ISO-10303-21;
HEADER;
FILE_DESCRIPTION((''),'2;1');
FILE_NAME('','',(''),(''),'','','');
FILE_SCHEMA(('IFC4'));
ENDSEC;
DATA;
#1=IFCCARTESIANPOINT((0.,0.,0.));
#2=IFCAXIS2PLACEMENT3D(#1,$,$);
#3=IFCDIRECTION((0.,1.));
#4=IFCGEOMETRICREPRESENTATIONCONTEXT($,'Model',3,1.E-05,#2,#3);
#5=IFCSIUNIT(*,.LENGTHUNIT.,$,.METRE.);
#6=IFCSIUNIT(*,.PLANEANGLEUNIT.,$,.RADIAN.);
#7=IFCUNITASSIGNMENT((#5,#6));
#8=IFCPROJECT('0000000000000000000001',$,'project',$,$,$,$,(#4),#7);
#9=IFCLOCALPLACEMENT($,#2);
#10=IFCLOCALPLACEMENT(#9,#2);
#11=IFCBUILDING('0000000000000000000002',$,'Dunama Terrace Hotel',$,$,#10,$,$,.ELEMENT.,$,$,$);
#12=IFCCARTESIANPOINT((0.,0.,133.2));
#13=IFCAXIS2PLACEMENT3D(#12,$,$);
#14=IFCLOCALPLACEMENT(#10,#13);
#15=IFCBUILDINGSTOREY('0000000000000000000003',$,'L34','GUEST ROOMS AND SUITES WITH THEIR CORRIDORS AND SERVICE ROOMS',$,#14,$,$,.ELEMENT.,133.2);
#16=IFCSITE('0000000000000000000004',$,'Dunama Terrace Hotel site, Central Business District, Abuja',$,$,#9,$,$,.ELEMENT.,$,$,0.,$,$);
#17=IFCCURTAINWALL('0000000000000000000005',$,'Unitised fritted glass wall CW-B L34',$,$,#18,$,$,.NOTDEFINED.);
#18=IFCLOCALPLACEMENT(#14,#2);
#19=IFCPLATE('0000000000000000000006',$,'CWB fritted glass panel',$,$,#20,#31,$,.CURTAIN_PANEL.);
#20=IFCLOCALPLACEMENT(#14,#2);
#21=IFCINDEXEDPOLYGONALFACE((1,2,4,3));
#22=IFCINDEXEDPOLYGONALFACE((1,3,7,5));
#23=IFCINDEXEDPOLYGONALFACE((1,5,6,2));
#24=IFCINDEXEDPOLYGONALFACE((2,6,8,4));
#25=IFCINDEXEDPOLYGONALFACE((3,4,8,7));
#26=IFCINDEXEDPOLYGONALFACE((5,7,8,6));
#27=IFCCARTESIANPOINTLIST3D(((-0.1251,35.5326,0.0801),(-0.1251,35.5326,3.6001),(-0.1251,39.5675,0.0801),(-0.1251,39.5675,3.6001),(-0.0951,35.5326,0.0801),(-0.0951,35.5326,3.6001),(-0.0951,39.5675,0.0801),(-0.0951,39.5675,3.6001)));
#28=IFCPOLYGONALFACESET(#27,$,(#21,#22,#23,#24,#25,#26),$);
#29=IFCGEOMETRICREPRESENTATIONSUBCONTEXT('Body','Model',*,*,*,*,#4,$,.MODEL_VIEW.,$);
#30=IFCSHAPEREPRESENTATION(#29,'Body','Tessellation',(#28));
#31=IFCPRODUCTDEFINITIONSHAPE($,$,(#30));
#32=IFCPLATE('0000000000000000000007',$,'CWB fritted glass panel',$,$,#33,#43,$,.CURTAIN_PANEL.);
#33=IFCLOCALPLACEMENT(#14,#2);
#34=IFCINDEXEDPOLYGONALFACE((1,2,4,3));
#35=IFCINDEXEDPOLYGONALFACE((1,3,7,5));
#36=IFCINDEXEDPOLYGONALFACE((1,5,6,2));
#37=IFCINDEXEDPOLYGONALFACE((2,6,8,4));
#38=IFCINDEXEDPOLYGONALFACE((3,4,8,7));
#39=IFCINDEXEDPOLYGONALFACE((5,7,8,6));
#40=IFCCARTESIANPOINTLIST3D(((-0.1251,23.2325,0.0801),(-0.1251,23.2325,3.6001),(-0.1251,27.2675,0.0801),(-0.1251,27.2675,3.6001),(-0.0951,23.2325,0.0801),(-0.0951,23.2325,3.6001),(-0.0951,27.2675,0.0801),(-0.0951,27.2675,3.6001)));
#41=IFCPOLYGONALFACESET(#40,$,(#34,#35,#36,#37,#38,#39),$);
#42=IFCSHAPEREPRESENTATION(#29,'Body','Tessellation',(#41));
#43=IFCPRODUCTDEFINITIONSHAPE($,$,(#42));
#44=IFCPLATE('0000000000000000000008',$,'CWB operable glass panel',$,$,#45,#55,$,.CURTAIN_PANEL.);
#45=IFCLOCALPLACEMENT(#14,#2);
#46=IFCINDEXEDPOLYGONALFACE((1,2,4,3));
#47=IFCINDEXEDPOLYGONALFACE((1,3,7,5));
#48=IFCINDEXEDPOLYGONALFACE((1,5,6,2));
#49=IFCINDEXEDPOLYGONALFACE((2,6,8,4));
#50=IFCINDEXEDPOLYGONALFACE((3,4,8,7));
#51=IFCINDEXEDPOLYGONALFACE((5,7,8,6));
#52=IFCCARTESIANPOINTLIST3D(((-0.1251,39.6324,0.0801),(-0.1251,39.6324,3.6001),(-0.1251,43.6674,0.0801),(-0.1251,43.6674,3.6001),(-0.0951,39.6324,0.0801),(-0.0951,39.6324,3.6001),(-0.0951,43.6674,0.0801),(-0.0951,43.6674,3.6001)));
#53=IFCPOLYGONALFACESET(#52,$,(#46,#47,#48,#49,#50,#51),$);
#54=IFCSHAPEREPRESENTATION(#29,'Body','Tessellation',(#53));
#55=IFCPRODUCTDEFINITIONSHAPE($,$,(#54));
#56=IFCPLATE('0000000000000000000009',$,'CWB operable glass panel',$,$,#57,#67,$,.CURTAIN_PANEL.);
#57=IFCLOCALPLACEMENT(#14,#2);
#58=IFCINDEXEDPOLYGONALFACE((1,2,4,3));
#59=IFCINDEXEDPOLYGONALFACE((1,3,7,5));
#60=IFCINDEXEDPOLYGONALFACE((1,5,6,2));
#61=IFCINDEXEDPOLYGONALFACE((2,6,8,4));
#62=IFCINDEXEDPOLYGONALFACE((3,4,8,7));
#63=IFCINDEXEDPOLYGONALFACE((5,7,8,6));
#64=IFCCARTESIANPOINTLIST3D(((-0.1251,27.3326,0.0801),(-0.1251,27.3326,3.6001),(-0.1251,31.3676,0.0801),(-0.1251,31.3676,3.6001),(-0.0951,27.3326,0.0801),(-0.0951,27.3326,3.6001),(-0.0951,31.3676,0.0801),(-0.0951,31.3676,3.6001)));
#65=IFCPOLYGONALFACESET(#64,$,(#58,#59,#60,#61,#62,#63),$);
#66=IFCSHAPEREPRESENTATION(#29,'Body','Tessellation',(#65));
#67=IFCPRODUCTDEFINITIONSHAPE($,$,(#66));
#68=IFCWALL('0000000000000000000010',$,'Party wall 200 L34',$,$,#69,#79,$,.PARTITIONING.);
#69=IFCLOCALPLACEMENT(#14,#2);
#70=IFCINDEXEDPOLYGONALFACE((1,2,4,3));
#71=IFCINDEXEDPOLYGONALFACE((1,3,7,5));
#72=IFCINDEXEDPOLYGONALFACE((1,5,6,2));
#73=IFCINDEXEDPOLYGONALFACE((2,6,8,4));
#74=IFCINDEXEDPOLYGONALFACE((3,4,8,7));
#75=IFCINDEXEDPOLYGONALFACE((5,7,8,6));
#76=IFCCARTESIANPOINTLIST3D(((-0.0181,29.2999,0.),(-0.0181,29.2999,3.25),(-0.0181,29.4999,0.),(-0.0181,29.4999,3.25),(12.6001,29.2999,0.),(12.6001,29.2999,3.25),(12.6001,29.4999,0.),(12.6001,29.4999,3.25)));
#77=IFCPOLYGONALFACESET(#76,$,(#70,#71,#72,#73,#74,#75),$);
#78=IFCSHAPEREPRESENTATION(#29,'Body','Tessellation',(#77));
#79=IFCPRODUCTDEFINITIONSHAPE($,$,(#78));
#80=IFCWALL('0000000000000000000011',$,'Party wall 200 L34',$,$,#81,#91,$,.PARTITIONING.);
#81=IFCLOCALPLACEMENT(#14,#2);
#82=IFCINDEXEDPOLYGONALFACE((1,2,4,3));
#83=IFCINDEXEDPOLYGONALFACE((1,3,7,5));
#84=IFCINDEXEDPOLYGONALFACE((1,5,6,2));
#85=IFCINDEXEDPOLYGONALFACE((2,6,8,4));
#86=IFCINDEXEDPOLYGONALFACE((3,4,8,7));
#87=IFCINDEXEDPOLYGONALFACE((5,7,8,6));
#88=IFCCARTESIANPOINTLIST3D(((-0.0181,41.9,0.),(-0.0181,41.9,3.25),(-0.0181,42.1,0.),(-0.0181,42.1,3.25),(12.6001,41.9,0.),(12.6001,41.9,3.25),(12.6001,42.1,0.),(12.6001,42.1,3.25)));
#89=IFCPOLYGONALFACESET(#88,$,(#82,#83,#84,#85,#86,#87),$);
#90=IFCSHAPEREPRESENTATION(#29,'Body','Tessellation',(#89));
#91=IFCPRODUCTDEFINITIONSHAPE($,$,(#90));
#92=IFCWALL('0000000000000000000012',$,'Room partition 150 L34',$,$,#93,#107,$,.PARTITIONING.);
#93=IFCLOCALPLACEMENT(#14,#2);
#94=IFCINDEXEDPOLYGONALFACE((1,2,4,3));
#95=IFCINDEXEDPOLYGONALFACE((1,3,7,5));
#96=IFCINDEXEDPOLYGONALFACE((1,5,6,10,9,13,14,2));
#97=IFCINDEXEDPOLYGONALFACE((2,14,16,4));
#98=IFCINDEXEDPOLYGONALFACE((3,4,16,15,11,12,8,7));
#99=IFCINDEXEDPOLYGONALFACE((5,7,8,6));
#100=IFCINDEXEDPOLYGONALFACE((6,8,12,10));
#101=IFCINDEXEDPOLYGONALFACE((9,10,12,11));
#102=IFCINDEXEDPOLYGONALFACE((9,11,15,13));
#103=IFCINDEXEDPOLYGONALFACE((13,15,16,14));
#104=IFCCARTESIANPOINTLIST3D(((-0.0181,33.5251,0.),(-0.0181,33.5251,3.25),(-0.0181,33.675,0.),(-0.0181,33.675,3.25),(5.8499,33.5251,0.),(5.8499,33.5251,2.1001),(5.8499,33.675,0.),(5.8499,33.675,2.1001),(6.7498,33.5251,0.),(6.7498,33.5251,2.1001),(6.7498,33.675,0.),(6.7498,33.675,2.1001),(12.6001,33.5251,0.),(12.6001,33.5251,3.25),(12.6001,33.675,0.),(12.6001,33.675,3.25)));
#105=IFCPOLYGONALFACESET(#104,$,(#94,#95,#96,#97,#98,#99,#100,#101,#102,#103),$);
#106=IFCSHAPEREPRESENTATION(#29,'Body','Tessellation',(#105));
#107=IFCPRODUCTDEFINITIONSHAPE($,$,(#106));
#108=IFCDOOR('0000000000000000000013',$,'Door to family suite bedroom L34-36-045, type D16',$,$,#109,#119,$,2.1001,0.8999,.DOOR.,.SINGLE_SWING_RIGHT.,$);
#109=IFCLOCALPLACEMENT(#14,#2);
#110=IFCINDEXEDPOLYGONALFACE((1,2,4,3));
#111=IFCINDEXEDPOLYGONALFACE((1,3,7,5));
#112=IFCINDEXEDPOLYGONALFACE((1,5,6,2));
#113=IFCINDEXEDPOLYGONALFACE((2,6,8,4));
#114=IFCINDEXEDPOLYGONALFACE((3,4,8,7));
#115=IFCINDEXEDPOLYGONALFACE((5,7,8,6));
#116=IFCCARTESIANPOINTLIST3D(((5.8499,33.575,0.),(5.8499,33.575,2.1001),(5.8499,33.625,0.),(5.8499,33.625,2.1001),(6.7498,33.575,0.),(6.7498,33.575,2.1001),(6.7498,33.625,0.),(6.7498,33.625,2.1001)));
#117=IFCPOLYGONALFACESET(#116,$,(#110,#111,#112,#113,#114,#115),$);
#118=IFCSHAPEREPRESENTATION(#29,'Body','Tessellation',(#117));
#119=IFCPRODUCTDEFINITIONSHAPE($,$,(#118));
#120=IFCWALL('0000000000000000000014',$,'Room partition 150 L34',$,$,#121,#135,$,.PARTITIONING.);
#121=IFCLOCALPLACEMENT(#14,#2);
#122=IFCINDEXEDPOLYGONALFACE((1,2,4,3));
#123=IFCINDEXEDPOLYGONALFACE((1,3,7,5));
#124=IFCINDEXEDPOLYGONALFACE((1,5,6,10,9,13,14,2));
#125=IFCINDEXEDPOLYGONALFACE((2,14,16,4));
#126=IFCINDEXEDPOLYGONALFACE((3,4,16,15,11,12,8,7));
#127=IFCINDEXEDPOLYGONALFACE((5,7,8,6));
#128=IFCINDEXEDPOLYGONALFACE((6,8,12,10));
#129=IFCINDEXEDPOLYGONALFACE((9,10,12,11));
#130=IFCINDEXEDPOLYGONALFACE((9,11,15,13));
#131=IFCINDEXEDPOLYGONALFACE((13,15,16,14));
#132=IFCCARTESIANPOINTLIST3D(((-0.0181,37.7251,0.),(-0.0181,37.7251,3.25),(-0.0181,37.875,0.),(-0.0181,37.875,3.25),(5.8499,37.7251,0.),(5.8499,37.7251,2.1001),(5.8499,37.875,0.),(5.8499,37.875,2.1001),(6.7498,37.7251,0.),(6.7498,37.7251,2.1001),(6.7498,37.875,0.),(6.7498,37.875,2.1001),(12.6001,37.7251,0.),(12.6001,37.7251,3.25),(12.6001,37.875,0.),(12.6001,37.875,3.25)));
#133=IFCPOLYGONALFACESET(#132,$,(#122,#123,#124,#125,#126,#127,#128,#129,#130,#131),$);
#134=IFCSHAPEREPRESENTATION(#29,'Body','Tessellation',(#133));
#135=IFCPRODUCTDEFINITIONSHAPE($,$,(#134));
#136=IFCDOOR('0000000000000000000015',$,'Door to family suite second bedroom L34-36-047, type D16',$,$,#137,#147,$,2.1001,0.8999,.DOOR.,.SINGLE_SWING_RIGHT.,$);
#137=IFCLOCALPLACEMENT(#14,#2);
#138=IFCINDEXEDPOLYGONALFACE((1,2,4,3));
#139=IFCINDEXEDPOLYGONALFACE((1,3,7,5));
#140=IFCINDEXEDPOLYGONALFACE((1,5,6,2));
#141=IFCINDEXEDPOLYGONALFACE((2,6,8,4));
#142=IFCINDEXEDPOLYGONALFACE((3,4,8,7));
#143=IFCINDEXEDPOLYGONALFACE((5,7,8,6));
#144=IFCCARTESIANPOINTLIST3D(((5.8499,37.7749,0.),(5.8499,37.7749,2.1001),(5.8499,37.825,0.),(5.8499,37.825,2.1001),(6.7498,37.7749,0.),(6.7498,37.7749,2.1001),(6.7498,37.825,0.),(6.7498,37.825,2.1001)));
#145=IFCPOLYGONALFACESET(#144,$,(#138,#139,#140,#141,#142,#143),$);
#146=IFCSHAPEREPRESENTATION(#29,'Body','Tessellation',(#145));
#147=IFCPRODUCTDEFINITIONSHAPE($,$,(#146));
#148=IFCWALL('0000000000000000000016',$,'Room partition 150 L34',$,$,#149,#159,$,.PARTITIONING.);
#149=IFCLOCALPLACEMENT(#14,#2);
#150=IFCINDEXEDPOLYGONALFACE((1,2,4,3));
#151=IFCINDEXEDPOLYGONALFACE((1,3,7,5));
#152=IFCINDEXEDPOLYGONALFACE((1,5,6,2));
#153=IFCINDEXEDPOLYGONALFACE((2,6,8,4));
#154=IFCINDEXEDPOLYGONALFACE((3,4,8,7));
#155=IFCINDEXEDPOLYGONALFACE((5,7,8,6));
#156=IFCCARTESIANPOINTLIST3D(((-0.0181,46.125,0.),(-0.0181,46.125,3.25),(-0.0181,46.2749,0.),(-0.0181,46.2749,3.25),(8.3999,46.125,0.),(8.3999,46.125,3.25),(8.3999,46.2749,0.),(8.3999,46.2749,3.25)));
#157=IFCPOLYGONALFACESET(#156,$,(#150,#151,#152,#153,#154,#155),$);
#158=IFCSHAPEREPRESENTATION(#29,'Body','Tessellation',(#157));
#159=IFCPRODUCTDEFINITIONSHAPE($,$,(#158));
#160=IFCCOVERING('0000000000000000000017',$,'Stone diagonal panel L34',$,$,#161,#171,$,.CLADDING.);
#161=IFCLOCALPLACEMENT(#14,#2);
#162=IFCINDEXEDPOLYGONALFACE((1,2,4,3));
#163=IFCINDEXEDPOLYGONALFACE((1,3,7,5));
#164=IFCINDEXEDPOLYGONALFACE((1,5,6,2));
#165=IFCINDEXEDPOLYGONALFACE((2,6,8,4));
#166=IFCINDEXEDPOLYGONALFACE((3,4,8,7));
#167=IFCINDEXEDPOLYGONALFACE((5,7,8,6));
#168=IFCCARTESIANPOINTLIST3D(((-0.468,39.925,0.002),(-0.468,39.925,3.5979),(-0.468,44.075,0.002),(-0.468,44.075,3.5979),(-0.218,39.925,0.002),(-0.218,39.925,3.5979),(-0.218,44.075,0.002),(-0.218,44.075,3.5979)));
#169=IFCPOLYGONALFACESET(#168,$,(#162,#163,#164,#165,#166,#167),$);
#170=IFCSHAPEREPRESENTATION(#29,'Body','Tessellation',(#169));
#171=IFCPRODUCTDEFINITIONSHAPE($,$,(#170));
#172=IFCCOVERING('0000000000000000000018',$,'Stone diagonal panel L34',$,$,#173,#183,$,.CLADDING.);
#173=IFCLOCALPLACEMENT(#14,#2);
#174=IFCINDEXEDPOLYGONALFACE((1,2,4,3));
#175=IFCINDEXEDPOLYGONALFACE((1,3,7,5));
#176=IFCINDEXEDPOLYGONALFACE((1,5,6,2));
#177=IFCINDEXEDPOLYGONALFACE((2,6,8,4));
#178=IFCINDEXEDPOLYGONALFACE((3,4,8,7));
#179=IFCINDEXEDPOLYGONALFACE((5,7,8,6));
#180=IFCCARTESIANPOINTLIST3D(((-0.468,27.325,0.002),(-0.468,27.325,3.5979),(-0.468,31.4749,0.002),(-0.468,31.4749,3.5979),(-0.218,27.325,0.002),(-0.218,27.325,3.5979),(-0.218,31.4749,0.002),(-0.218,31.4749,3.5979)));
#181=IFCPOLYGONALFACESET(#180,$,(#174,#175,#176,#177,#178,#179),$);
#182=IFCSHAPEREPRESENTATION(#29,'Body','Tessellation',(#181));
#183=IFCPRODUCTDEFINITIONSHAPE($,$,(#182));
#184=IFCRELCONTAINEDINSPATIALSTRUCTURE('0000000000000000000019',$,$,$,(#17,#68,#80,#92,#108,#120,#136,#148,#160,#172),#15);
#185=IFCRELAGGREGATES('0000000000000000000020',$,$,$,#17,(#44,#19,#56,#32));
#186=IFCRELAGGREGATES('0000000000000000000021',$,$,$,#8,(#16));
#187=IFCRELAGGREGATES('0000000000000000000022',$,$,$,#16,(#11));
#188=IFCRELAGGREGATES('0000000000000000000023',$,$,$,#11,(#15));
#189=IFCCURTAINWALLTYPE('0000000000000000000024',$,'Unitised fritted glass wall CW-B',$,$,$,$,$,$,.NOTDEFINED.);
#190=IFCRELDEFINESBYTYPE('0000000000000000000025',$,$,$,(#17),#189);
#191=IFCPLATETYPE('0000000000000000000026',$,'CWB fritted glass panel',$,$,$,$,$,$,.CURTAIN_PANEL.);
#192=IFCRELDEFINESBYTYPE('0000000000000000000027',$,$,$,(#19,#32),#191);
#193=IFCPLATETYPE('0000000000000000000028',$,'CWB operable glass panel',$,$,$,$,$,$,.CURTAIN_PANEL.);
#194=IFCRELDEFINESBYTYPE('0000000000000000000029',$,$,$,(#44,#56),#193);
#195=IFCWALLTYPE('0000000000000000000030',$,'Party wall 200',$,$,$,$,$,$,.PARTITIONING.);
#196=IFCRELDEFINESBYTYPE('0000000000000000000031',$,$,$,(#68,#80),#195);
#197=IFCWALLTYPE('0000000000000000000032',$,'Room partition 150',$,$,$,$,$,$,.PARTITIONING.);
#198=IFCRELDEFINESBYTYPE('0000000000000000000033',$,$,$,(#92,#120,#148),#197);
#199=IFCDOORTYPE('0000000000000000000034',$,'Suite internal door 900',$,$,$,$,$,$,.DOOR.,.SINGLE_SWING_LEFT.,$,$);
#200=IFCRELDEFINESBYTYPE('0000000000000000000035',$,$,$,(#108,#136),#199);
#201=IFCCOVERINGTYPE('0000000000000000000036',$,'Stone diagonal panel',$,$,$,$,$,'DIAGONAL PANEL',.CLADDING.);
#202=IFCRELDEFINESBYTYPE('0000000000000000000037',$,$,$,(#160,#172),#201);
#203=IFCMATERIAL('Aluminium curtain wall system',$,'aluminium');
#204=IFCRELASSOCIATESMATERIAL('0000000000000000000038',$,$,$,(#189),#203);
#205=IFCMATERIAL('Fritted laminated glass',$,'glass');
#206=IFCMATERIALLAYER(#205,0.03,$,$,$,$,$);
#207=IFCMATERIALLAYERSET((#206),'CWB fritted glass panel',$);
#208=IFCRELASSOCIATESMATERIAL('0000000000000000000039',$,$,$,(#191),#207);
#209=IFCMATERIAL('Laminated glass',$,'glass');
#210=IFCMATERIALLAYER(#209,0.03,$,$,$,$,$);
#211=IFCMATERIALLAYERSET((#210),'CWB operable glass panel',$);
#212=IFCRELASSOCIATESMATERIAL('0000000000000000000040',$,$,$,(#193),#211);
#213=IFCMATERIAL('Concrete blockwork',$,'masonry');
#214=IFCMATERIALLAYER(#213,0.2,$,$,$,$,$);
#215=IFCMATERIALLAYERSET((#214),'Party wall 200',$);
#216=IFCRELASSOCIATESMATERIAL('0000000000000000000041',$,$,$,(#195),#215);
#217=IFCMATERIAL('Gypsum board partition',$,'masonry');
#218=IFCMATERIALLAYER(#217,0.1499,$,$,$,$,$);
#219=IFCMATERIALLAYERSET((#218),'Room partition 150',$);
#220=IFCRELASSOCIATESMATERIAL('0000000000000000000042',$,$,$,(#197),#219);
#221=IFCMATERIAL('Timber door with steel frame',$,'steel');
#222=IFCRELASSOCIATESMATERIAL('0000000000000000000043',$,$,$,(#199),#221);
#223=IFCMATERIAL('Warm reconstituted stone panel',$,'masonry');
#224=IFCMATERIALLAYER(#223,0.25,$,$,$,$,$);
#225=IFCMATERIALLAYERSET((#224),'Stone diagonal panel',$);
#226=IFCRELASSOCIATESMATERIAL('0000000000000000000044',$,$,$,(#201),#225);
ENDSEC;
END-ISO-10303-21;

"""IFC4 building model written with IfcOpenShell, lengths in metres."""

from ifc_helpers import new_model, si_unit, direction, frame, frame_2d, origin, origin_2d, place, context, subcontext, project, spatial, rectangle, extrude, material, layer, layer_set, type_object, element, fill, aggregate, save


model = new_model("IFC4")

# Units and contexts
model_context = context("Model", 3, precision=1e-05, world=origin(), true_north=direction((0.0, 1.0)))
body_context = subcontext(model_context, "Body", "Model", "MODEL_VIEW")
ifc_project = project(units=[si_unit("LENGTHUNIT", "METRE"), si_unit("PLANEANGLEUNIT", "RADIAN")], contexts=[model_context])

# Site, building, storey
site_placement = place(None, origin())
site = spatial("IfcSite", under=ifc_project, at=site_placement, Name="Dunama Terrace Hotel site, Central Business District, Abuja", CompositionType="ELEMENT", RefElevation=0.0)
building_placement = place(site_placement, origin())
building = spatial("IfcBuilding", under=site, at=building_placement, Name="Dunama Terrace Hotel", CompositionType="ELEMENT")
storey_placement = place(building_placement, frame((0.0, 0.0, 133.2)))
storey = spatial("IfcBuildingStorey", under=building, at=storey_placement, Name="L34", Description="GUEST ROOMS AND SUITES WITH THEIR CORRIDORS AND SERVICE ROOMS", CompositionType="ELEMENT", Elevation=133.2)

# Curtain wall
ifc_material_1 = material(Name="Aluminium curtain wall system", Category="aluminium")
curtain_wall_type = type_object("IfcCurtainWallType", Name="Unitised fritted glass wall CW-B", PredefinedType="NOTDEFINED", material=ifc_material_1)
curtain_wall_placement = place(storey_placement, origin())
curtain_wall = element("IfcCurtainWall", 1, at=curtain_wall_placement, inside=storey, type_object=curtain_wall_type, Name="Unitised fritted glass wall CW-B L34", PredefinedType="NOTDEFINED")

# Plates
ifc_material_2 = material(Name="Fritted laminated glass", Category="glass")
ifc_layer_1 = layer(ifc_material_2, 0.03)
ifc_layer_set_1 = layer_set([ifc_layer_1], Name="CWB fritted glass panel")
plate_type_1 = type_object("IfcPlateType", Name="CWB fritted glass panel", PredefinedType="CURTAIN_PANEL", material=ifc_layer_set_1)
plate_1_placement = place(storey_placement, frame((-0.1101, 37.55, 0.0801), z_axis=(0.0, 0.0, 1.0), x_axis=(0.0, -1.0, 0.0)))
plate_1 = element("IfcPlate", 2, at=plate_1_placement, type_object=plate_type_1, Name="CWB fritted glass panel", PredefinedType="CURTAIN_PANEL", context=body_context, shape_type="SweptSolid", body=[
    extrude(rectangle(XDim=4.0349, YDim=0.03, at=origin_2d()), origin(), (0.0, 0.0, 1.0), 3.52),
])
plate_2_placement = place(storey_placement, frame((-0.1101, 25.25, 0.0801), z_axis=(0.0, 0.0, 1.0), x_axis=(0.0, -1.0, 0.0)))
plate_2 = element("IfcPlate", 3, at=plate_2_placement, type_object=plate_type_1, Name="CWB fritted glass panel", PredefinedType="CURTAIN_PANEL", context=body_context, shape_type="SweptSolid", body=[
    extrude(rectangle(XDim=4.0349, YDim=0.03, at=origin_2d()), origin(), (0.0, 0.0, 1.0), 3.52),
])
ifc_material_3 = material(Name="Laminated glass", Category="glass")
ifc_layer_2 = layer(ifc_material_3, 0.03)
ifc_layer_set_2 = layer_set([ifc_layer_2], Name="CWB operable glass panel")
plate_type_2 = type_object("IfcPlateType", Name="CWB operable glass panel", PredefinedType="CURTAIN_PANEL", material=ifc_layer_set_2)
plate_3_placement = place(storey_placement, frame((-0.1101, 41.6499, 0.0801), z_axis=(0.0, 0.0, 1.0), x_axis=(0.0, -1.0, 0.0)))
plate_3 = element("IfcPlate", 4, at=plate_3_placement, type_object=plate_type_2, Name="CWB operable glass panel", PredefinedType="CURTAIN_PANEL", context=body_context, shape_type="SweptSolid", body=[
    extrude(rectangle(XDim=4.0349, YDim=0.03, at=origin_2d()), origin(), (0.0, 0.0, 1.0), 3.52),
])
plate_4_placement = place(storey_placement, frame((-0.1101, 29.3501, 0.0801), z_axis=(0.0, 0.0, 1.0), x_axis=(0.0, -1.0, 0.0)))
plate_4 = element("IfcPlate", 5, at=plate_4_placement, type_object=plate_type_2, Name="CWB operable glass panel", PredefinedType="CURTAIN_PANEL", context=body_context, shape_type="SweptSolid", body=[
    extrude(rectangle(XDim=4.0349, YDim=0.03, at=origin_2d()), origin(), (0.0, 0.0, 1.0), 3.52),
])
aggregate(curtain_wall, [plate_3, plate_1, plate_4, plate_2])

# Walls
ifc_material_4 = material(Name="Concrete blockwork", Category="masonry")
ifc_layer_3 = layer(ifc_material_4, 0.2)
ifc_layer_set_3 = layer_set([ifc_layer_3], Name="Party wall 200")
wall_type_1 = type_object("IfcWallType", Name="Party wall 200", PredefinedType="PARTITIONING", material=ifc_layer_set_3)
for number, where, z_axis, x_axis, name in (
    (6, (-0.0181, 29.3999, 0.0), (0.0, 0.0, 1.0), (1.0, 0.0, 0.0), "Party wall 200 L34"),
    (7, (-0.0181, 42.0, 0.0), (0.0, 0.0, 1.0), (1.0, 0.0, 0.0), "Party wall 200 L34"),
):
    element("IfcWall", number, at=place(storey_placement, frame(where, z_axis=z_axis, x_axis=x_axis)), inside=storey, type_object=wall_type_1, Name=name, PredefinedType="PARTITIONING", context=body_context, shape_type="SweptSolid", body=[
        extrude(rectangle(XDim=12.6182, YDim=0.2, at=frame_2d((6.3091, 0.0))), origin(), (0.0, 0.0, 1.0), 3.25),
    ])

# Walls, openings, doors
ifc_material_5 = material(Name="Gypsum board partition", Category="masonry")
ifc_layer_4 = layer(ifc_material_5, 0.1499)
ifc_layer_set_4 = layer_set([ifc_layer_4], Name="Room partition 150")
wall_type_2 = type_object("IfcWallType", Name="Room partition 150", PredefinedType="PARTITIONING", material=ifc_layer_set_4)
wall_1_placement = place(storey_placement, frame((-0.0181, 33.6001, 0.0), z_axis=(0.0, 0.0, 1.0), x_axis=(1.0, 0.0, 0.0)))
wall_1 = element("IfcWall", 8, at=wall_1_placement, inside=storey, type_object=wall_type_2, Name="Room partition 150 L34", PredefinedType="PARTITIONING", context=body_context, shape_type="SweptSolid", body=[
    extrude(rectangle(XDim=12.6182, YDim=0.1499, at=frame_2d((6.3091, 0.0))), origin(), (0.0, 0.0, 1.0), 3.25),
])
opening_1_placement = place(wall_1_placement, frame((5.8679, 0.0, 0.0)))
opening_1 = element("IfcOpeningElement", 9, at=opening_1_placement, cuts=wall_1, PredefinedType="OPENING", context=body_context, shape_type="SweptSolid", body=[
    extrude(rectangle(XDim=0.8999, YDim=2.1001, at=frame_2d((0.45, 1.05))), frame((0.0, 0.085, 0.0), z_axis=(0.0, -1.0, 0.0), x_axis=(1.0, 0.0, 0.0)), (0.0, 0.0, 1.0), 0.1699),
])
ifc_material_6 = material(Name="Timber door with steel frame", Category="steel")
door_type = type_object("IfcDoorType", Name="Suite internal door 900", OperationType="SINGLE_SWING_LEFT", PredefinedType="DOOR", material=ifc_material_6)
door_1_placement = place(opening_1_placement, frame((0.8999, 0.0, 0.0), z_axis=(0.0, 0.0, 1.0), x_axis=(-1.0, 0.0, 0.0)))
door_1 = element("IfcDoor", 10, at=door_1_placement, inside=storey, type_object=door_type, Name="Door to family suite bedroom L34-36-045, type D16", OperationType="SINGLE_SWING_RIGHT", OverallHeight=2.1001, OverallWidth=0.8999, PredefinedType="DOOR", context=body_context, shape_type="SweptSolid", body=[
    extrude(rectangle(XDim=0.8999, YDim=2.1001, at=frame_2d((0.45, 1.05))), frame((0.0, 0.0251, 0.0), z_axis=(0.0, -1.0, 0.0), x_axis=(1.0, 0.0, 0.0)), (0.0, 0.0, 1.0), 0.05),
])
fill(opening_1, door_1)
wall_2_placement = place(storey_placement, frame((-0.0181, 37.8, 0.0), z_axis=(0.0, 0.0, 1.0), x_axis=(1.0, 0.0, 0.0)))
wall_2 = element("IfcWall", 11, at=wall_2_placement, inside=storey, type_object=wall_type_2, Name="Room partition 150 L34", PredefinedType="PARTITIONING", context=body_context, shape_type="SweptSolid", body=[
    extrude(rectangle(XDim=12.6182, YDim=0.1499, at=frame_2d((6.3091, 0.0))), origin(), (0.0, 0.0, 1.0), 3.25),
])
opening_2_placement = place(wall_2_placement, frame((5.8679, 0.0, 0.0)))
opening_2 = element("IfcOpeningElement", 12, at=opening_2_placement, cuts=wall_2, PredefinedType="OPENING", context=body_context, shape_type="SweptSolid", body=[
    extrude(rectangle(XDim=0.8999, YDim=2.1001, at=frame_2d((0.45, 1.05))), frame((0.0, 0.085, 0.0), z_axis=(0.0, -1.0, 0.0), x_axis=(1.0, 0.0, 0.0)), (0.0, 0.0, 1.0), 0.1699),
])
door_2_placement = place(opening_2_placement, origin())
door_2 = element("IfcDoor", 13, at=door_2_placement, inside=storey, type_object=door_type, Name="Door to family suite second bedroom L34-36-047, type D16", OperationType="SINGLE_SWING_RIGHT", OverallHeight=2.1001, OverallWidth=0.8999, PredefinedType="DOOR", context=body_context, shape_type="SweptSolid", body=[
    extrude(rectangle(XDim=0.8999, YDim=2.1001, at=frame_2d((0.45, 1.05))), frame((0.0, 0.0249, 0.0), z_axis=(0.0, -1.0, 0.0), x_axis=(1.0, 0.0, 0.0)), (0.0, 0.0, 1.0), 0.05),
])
fill(opening_2, door_2)

# Wall
wall_3_placement = place(storey_placement, frame((-0.0181, 46.2, 0.0), z_axis=(0.0, 0.0, 1.0), x_axis=(1.0, 0.0, 0.0)))
element("IfcWall", 14, at=wall_3_placement, inside=storey, type_object=wall_type_2, Name="Room partition 150 L34", PredefinedType="PARTITIONING", context=body_context, shape_type="SweptSolid", body=[
    extrude(rectangle(XDim=8.418, YDim=0.1499, at=frame_2d((4.209, 0.0))), origin(), (0.0, 0.0, 1.0), 3.25),
])

# Coverings
ifc_material_7 = material(Name="Warm reconstituted stone panel", Category="masonry")
ifc_layer_5 = layer(ifc_material_7, 0.25)
ifc_layer_set_5 = layer_set([ifc_layer_5], Name="Stone diagonal panel")
covering_type = type_object("IfcCoveringType", Name="Stone diagonal panel", ElementType="DIAGONAL PANEL", PredefinedType="CLADDING", material=ifc_layer_set_5)
for number, where, z_axis, x_axis, name in (
    (15, (-0.343, 42.0, 0.002), (0.0, 0.0, 1.0), (0.0, -1.0, 0.0), "Stone diagonal panel L34"),
    (16, (-0.343, 29.3999, 0.002), (0.0, 0.0, 1.0), (0.0, -1.0, 0.0), "Stone diagonal panel L34"),
):
    element("IfcCovering", number, at=place(storey_placement, frame(where, z_axis=z_axis, x_axis=x_axis)), inside=storey, type_object=covering_type, Name=name, PredefinedType="CLADDING", context=body_context, shape_type="SweptSolid", body=[
        extrude(rectangle(XDim=4.1499, YDim=0.25, at=origin_2d()), origin(), (0.0, 0.0, 1.0), 3.5959),
    ])

save(model, "model.ifc")
